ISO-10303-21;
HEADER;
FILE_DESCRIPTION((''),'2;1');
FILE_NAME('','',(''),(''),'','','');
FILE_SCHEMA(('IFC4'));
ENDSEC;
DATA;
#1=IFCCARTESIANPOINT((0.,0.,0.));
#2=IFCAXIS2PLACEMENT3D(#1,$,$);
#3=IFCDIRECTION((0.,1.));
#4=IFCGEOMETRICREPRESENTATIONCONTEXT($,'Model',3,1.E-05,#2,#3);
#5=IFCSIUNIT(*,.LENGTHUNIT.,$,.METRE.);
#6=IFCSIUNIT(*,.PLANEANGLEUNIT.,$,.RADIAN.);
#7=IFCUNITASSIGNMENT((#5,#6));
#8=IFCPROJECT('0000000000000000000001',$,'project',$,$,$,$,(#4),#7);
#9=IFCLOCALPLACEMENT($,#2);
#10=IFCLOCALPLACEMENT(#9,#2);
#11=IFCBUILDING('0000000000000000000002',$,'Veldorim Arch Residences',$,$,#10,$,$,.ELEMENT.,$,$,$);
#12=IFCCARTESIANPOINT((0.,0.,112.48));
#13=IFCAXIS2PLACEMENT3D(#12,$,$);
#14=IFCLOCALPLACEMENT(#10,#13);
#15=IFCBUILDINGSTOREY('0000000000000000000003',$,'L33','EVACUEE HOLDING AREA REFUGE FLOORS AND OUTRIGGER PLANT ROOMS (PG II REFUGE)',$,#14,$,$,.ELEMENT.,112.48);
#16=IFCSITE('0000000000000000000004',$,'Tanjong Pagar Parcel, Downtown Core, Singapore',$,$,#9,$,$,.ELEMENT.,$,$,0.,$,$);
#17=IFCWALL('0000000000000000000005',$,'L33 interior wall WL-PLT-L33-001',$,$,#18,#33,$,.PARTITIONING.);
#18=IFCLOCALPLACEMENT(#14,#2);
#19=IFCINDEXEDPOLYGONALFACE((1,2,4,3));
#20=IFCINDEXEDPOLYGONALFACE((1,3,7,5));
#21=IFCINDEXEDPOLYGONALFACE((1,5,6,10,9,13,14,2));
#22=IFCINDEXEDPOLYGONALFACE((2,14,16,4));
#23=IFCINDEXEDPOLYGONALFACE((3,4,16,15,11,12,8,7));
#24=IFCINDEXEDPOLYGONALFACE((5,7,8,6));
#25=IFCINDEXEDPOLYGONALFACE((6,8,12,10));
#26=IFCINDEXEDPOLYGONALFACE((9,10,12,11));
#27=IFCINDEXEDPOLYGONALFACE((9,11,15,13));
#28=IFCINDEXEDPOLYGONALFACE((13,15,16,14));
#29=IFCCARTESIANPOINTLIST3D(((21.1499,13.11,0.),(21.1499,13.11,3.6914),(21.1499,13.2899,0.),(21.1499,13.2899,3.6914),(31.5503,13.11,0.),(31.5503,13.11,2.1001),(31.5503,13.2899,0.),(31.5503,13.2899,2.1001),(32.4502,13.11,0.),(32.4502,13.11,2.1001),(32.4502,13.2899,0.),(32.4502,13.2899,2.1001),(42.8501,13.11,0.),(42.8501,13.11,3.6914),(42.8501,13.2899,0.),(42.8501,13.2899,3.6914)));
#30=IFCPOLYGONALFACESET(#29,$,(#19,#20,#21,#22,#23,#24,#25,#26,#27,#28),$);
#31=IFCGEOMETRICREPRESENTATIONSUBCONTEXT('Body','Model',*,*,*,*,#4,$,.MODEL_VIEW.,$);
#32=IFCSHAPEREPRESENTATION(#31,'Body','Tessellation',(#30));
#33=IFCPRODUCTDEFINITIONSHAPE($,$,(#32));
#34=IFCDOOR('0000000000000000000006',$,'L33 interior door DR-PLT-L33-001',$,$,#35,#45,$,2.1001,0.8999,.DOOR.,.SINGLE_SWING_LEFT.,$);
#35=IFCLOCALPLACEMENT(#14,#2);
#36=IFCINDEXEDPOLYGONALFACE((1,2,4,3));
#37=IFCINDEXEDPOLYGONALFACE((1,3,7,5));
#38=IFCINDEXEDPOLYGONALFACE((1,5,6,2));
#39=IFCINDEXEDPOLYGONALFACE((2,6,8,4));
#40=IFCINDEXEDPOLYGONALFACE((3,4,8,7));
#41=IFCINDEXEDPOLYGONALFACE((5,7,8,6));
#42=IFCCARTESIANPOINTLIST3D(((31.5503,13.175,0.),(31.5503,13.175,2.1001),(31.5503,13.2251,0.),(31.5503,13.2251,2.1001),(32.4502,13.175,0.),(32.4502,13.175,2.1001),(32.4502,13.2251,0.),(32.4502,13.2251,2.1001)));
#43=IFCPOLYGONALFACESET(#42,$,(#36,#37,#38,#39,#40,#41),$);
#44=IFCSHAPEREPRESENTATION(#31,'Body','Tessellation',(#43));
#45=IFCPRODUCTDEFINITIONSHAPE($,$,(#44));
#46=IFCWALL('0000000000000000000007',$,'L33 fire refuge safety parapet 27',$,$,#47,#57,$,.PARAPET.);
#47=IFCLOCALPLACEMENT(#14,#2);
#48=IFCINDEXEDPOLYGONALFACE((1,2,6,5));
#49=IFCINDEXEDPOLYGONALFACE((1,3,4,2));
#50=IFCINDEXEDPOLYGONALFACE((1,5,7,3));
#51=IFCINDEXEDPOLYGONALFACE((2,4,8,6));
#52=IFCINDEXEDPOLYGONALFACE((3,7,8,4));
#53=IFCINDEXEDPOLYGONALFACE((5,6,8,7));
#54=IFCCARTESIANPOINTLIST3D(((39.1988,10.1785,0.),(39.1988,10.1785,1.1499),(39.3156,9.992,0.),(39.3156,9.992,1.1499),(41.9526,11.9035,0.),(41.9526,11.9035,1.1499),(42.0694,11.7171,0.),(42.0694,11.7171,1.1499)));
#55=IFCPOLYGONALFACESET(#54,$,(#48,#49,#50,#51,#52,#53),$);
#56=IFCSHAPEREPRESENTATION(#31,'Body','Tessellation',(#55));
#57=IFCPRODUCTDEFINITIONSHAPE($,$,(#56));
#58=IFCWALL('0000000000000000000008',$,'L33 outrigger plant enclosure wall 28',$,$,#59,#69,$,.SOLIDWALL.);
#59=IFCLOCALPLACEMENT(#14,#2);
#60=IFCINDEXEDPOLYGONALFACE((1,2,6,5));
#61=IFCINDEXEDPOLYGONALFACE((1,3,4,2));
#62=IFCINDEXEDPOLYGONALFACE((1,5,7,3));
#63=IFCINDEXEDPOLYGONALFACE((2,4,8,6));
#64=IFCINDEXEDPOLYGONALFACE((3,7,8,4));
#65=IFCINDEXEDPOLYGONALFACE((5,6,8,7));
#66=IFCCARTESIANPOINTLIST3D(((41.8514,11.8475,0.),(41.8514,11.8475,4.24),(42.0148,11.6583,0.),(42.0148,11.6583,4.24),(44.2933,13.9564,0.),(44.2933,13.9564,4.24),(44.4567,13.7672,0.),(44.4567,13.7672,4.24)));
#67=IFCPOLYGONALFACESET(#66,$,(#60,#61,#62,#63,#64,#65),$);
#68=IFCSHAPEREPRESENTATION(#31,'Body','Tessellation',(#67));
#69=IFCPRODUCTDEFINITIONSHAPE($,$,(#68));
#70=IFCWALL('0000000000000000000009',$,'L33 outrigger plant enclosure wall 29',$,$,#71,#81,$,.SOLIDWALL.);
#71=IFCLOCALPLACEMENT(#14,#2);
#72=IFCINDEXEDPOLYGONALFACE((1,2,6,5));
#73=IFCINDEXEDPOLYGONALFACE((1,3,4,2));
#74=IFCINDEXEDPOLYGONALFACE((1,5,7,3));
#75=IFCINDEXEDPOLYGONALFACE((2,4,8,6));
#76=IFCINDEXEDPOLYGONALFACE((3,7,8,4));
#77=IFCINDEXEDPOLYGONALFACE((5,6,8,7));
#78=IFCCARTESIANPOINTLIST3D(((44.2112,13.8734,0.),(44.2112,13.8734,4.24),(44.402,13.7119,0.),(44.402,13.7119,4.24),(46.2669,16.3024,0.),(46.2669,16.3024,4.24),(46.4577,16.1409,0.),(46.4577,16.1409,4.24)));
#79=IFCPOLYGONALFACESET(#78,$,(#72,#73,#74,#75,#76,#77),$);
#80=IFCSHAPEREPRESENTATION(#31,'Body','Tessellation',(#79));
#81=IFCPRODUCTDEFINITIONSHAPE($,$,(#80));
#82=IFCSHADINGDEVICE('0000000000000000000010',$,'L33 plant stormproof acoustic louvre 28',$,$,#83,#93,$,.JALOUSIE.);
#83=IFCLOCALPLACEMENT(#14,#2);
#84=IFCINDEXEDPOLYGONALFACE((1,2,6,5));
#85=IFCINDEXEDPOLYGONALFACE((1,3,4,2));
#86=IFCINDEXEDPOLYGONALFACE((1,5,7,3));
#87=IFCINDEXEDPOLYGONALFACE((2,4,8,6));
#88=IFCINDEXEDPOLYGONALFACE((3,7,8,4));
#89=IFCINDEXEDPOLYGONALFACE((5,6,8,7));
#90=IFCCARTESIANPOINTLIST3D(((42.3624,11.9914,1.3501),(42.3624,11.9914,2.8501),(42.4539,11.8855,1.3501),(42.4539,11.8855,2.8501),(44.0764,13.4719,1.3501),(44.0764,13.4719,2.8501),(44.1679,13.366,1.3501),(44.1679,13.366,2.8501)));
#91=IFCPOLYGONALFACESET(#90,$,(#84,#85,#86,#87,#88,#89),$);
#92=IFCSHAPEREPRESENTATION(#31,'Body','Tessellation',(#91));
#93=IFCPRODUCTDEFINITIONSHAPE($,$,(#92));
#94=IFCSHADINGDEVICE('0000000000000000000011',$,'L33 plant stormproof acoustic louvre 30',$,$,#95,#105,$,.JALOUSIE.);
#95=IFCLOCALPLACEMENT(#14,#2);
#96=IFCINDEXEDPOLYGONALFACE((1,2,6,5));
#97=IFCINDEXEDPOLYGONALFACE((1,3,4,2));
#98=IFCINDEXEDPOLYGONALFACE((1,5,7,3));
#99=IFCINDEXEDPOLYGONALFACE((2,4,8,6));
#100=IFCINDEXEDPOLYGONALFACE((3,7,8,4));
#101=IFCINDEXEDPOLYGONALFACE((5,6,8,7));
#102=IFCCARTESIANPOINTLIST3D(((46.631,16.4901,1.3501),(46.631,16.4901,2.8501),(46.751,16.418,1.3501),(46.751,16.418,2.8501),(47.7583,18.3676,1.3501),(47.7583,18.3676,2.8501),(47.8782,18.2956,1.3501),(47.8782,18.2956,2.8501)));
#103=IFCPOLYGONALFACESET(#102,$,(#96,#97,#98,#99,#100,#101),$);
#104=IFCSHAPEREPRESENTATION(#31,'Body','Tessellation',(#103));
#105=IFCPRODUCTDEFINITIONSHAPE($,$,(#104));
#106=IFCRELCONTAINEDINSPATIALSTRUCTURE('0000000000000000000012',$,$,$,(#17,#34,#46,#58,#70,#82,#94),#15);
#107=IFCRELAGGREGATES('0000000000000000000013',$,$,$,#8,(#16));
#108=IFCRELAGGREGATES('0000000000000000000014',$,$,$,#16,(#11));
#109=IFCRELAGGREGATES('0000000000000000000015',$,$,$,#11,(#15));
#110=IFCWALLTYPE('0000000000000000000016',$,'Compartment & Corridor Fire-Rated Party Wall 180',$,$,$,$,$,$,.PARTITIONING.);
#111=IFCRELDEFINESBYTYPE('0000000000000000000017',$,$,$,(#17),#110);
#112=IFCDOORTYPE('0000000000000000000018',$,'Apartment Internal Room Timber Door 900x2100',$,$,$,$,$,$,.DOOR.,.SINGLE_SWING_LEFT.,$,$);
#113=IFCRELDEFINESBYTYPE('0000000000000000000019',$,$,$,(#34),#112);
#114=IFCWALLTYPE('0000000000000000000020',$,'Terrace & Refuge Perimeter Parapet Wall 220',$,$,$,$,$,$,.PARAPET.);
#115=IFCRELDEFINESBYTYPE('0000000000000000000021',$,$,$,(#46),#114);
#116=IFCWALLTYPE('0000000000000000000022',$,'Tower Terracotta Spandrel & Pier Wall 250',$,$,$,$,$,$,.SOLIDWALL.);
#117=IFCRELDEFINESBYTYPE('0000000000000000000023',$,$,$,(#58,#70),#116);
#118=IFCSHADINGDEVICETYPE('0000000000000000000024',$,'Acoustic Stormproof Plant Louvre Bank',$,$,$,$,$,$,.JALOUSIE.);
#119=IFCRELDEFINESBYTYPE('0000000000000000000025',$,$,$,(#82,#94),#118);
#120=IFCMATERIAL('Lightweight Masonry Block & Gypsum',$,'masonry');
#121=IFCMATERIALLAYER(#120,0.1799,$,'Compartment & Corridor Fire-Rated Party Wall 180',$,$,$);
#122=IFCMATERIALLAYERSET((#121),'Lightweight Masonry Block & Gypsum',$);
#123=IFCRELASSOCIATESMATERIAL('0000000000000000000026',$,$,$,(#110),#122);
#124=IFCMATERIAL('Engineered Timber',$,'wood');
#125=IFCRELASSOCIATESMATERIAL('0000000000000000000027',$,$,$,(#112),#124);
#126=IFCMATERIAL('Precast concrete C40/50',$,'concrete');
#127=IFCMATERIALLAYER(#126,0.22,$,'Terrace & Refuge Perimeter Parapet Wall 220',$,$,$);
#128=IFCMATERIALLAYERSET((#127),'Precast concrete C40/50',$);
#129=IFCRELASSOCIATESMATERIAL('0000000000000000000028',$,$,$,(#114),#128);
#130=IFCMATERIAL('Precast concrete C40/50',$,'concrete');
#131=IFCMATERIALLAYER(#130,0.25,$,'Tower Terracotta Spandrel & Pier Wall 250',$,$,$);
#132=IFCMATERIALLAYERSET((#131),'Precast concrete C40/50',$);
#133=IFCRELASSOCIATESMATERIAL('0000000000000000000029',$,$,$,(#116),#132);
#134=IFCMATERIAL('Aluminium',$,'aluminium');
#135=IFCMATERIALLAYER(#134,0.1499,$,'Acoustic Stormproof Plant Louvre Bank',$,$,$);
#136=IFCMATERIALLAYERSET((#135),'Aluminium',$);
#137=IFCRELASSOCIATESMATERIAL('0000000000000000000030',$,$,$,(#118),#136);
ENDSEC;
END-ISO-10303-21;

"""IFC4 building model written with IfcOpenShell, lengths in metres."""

from ifc_helpers import new_model, si_unit, direction, frame, frame_2d, origin, origin_2d, place, context, subcontext, project, spatial, rectangle, extrude, material, layer, layer_set, type_object, element, fill, save


model = new_model("IFC4")

# Units and contexts
model_context = context("Model", 3, precision=1e-05, world=origin(), true_north=direction((0.0, 1.0)))
body_context = subcontext(model_context, "Body", "Model", "MODEL_VIEW")
ifc_project = project(units=[si_unit("LENGTHUNIT", "METRE"), si_unit("PLANEANGLEUNIT", "RADIAN")], contexts=[model_context])

# Site, building, storey
site_placement = place(None, origin())
site = spatial("IfcSite", under=ifc_project, at=site_placement, Name="Tanjong Pagar Parcel, Downtown Core, Singapore", CompositionType="ELEMENT", RefElevation=0.0)
building_placement = place(site_placement, origin())
building = spatial("IfcBuilding", under=site, at=building_placement, Name="Veldorim Arch Residences", CompositionType="ELEMENT")
storey_placement = place(building_placement, frame((0.0, 0.0, 112.48)))
storey = spatial("IfcBuildingStorey", under=building, at=storey_placement, Name="L33", Description="EVACUEE HOLDING AREA REFUGE FLOORS AND OUTRIGGER PLANT ROOMS (PG II REFUGE)", CompositionType="ELEMENT", Elevation=112.48)

# Wall, opening, door
ifc_material_1 = material(Name="Lightweight Masonry Block & Gypsum", Category="masonry")
ifc_layer_1 = layer(ifc_material_1, 0.1799, Name="Compartment & Corridor Fire-Rated Party Wall 180")
ifc_layer_set_1 = layer_set([ifc_layer_1], Name="Lightweight Masonry Block & Gypsum")
wall_type_1 = type_object("IfcWallType", Name="Compartment & Corridor Fire-Rated Party Wall 180", PredefinedType="PARTITIONING", material=ifc_layer_set_1)
wall_1_placement = place(storey_placement, frame((42.8501, 13.2, 0.0), z_axis=(0.0, 0.0, 1.0), x_axis=(-1.0, 0.0, 0.0)))
wall_1 = element("IfcWall", 1, at=wall_1_placement, inside=storey, type_object=wall_type_1, Name="L33 interior wall WL-PLT-L33-001", PredefinedType="PARTITIONING", context=body_context, shape_type="SweptSolid", body=[
    extrude(rectangle(XDim=21.7002, YDim=0.1799, at=frame_2d((10.8501, 0.0))), origin(), (0.0, 0.0, 1.0), 3.6914),
])
opening_1_placement = place(wall_1_placement, frame((10.3999, 0.0, 0.0)))
opening_1 = element("IfcOpeningElement", 2, at=opening_1_placement, cuts=wall_1, PredefinedType="OPENING", context=body_context, shape_type="SweptSolid", body=[
    extrude(rectangle(XDim=0.8999, YDim=2.1001, at=frame_2d((0.45, 1.05))), frame((0.0, 0.0999, 0.0), z_axis=(0.0, -1.0, 0.0), x_axis=(1.0, 0.0, 0.0)), (0.0, 0.0, 1.0), 0.2),
])
ifc_material_2 = material(Name="Engineered Timber", Category="wood")
door_type_1 = type_object("IfcDoorType", Name="Apartment Internal Room Timber Door 900x2100", OperationType="SINGLE_SWING_LEFT", PredefinedType="DOOR", material=ifc_material_2)
door_1_placement = place(opening_1_placement, origin())
door_1 = element("IfcDoor", 3, at=door_1_placement, inside=storey, type_object=door_type_1, Name="L33 interior door DR-PLT-L33-001", OperationType="SINGLE_SWING_LEFT", OverallHeight=2.1001, OverallWidth=0.8999, PredefinedType="DOOR", context=body_context, shape_type="SweptSolid", body=[
    extrude(rectangle(XDim=0.8999, YDim=2.1001, at=frame_2d((0.45, 1.05))), frame((0.0, 0.0249, 0.0), z_axis=(0.0, -1.0, 0.0), x_axis=(1.0, 0.0, 0.0)), (0.0, 0.0, 1.0), 0.05),
])
fill(opening_1, door_1)

# Walls
ifc_material_3 = material(Name="Precast concrete C40/50", Category="concrete")
ifc_layer_2 = layer(ifc_material_3, 0.22, Name="Terrace & Refuge Perimeter Parapet Wall 220")
ifc_layer_set_2 = layer_set([ifc_layer_2], Name="Precast concrete C40/50")
wall_type_2 = type_object("IfcWallType", Name="Terrace & Refuge Perimeter Parapet Wall 220", PredefinedType="PARAPET", material=ifc_layer_set_2)
wall_2_placement = place(storey_placement, frame((42.011, 11.8103, 0.0), z_axis=(0.0, 0.0, 1.0), x_axis=(-0.847458, -0.530863, 0.0)))
element("IfcWall", 4, at=wall_2_placement, inside=storey, type_object=wall_type_2, Name="L33 fire refuge safety parapet 27", PredefinedType="PARAPET", context=body_context, shape_type="SweptSolid", body=[
    extrude(rectangle(XDim=3.2495, YDim=0.22, at=frame_2d((1.6248, 0.0))), origin(), (0.0, 0.0, 1.0), 1.1499),
])
ifc_material_4 = material(Name="Precast concrete C40/50", Category="concrete")
ifc_layer_3 = layer(ifc_material_4, 0.25, Name="Tower Terracotta Spandrel & Pier Wall 250")
ifc_layer_set_3 = layer_set([ifc_layer_3], Name="Precast concrete C40/50")
wall_type_3 = type_object("IfcWallType", Name="Tower Terracotta Spandrel & Pier Wall 250", PredefinedType="SOLIDWALL", material=ifc_layer_set_3)
wall_3_placement = place(storey_placement, frame((44.375, 13.8618, 0.0), z_axis=(0.0, 0.0, 1.0), x_axis=(-0.756826, -0.653616, 0.0)))
element("IfcWall", 5, at=wall_3_placement, inside=storey, type_object=wall_type_3, Name="L33 outrigger plant enclosure wall 28", PredefinedType="SOLIDWALL", context=body_context, shape_type="SweptSolid", body=[
    extrude(rectangle(XDim=3.2266, YDim=0.25, at=frame_2d((1.6133, 0.0))), origin(), (0.0, 0.0, 1.0), 4.24),
])
wall_4_placement = place(storey_placement, frame((46.3623, 16.2217, 0.0), z_axis=(0.0, 0.0, 1.0), x_axis=(-0.646014, -0.763325, 0.0)))
element("IfcWall", 6, at=wall_4_placement, inside=storey, type_object=wall_type_3, Name="L33 outrigger plant enclosure wall 29", PredefinedType="SOLIDWALL", context=body_context, shape_type="SweptSolid", body=[
    extrude(rectangle(XDim=3.1821, YDim=0.25, at=frame_2d((1.5911, 0.0))), origin(), (0.0, 0.0, 1.0), 4.24),
])

# Shading devices
ifc_material_5 = material(Name="Aluminium", Category="aluminium")
ifc_layer_4 = layer(ifc_material_5, 0.1499, Name="Acoustic Stormproof Plant Louvre Bank")
ifc_layer_set_4 = layer_set([ifc_layer_4], Name="Aluminium")
shading_device_type = type_object("IfcShadingDeviceType", Name="Acoustic Stormproof Plant Louvre Bank", PredefinedType="JALOUSIE", material=ifc_layer_set_4)
shading_device_1_placement = place(storey_placement, frame((43.2651, 12.6787, 1.3501), z_axis=(0.0, 0.0, 1.0), x_axis=(-0.756767, -0.653685, 0.0)))
element("IfcShadingDevice", 7, at=shading_device_1_placement, inside=storey, type_object=shading_device_type, Name="L33 plant stormproof acoustic louvre 28", PredefinedType="JALOUSIE", context=body_context, shape_type="SweptSolid", body=[
    extrude(rectangle(XDim=2.2649, YDim=0.1399, at=origin_2d()), origin(), (0.0, 0.0, 1.0), 1.5),
])
shading_device_2_placement = place(storey_placement, frame((47.2546, 17.3928, 1.3501), z_axis=(0.0, 0.0, 1.0), x_axis=(-0.514739, -0.857347, 0.0)))
element("IfcShadingDevice", 8, at=shading_device_2_placement, inside=storey, type_object=shading_device_type, Name="L33 plant stormproof acoustic louvre 30", PredefinedType="JALOUSIE", context=body_context, shape_type="SweptSolid", body=[
    extrude(rectangle(XDim=2.1899, YDim=0.1399, at=origin_2d()), origin(), (0.0, 0.0, 1.0), 1.5),
])

save(model, "model.ifc")
